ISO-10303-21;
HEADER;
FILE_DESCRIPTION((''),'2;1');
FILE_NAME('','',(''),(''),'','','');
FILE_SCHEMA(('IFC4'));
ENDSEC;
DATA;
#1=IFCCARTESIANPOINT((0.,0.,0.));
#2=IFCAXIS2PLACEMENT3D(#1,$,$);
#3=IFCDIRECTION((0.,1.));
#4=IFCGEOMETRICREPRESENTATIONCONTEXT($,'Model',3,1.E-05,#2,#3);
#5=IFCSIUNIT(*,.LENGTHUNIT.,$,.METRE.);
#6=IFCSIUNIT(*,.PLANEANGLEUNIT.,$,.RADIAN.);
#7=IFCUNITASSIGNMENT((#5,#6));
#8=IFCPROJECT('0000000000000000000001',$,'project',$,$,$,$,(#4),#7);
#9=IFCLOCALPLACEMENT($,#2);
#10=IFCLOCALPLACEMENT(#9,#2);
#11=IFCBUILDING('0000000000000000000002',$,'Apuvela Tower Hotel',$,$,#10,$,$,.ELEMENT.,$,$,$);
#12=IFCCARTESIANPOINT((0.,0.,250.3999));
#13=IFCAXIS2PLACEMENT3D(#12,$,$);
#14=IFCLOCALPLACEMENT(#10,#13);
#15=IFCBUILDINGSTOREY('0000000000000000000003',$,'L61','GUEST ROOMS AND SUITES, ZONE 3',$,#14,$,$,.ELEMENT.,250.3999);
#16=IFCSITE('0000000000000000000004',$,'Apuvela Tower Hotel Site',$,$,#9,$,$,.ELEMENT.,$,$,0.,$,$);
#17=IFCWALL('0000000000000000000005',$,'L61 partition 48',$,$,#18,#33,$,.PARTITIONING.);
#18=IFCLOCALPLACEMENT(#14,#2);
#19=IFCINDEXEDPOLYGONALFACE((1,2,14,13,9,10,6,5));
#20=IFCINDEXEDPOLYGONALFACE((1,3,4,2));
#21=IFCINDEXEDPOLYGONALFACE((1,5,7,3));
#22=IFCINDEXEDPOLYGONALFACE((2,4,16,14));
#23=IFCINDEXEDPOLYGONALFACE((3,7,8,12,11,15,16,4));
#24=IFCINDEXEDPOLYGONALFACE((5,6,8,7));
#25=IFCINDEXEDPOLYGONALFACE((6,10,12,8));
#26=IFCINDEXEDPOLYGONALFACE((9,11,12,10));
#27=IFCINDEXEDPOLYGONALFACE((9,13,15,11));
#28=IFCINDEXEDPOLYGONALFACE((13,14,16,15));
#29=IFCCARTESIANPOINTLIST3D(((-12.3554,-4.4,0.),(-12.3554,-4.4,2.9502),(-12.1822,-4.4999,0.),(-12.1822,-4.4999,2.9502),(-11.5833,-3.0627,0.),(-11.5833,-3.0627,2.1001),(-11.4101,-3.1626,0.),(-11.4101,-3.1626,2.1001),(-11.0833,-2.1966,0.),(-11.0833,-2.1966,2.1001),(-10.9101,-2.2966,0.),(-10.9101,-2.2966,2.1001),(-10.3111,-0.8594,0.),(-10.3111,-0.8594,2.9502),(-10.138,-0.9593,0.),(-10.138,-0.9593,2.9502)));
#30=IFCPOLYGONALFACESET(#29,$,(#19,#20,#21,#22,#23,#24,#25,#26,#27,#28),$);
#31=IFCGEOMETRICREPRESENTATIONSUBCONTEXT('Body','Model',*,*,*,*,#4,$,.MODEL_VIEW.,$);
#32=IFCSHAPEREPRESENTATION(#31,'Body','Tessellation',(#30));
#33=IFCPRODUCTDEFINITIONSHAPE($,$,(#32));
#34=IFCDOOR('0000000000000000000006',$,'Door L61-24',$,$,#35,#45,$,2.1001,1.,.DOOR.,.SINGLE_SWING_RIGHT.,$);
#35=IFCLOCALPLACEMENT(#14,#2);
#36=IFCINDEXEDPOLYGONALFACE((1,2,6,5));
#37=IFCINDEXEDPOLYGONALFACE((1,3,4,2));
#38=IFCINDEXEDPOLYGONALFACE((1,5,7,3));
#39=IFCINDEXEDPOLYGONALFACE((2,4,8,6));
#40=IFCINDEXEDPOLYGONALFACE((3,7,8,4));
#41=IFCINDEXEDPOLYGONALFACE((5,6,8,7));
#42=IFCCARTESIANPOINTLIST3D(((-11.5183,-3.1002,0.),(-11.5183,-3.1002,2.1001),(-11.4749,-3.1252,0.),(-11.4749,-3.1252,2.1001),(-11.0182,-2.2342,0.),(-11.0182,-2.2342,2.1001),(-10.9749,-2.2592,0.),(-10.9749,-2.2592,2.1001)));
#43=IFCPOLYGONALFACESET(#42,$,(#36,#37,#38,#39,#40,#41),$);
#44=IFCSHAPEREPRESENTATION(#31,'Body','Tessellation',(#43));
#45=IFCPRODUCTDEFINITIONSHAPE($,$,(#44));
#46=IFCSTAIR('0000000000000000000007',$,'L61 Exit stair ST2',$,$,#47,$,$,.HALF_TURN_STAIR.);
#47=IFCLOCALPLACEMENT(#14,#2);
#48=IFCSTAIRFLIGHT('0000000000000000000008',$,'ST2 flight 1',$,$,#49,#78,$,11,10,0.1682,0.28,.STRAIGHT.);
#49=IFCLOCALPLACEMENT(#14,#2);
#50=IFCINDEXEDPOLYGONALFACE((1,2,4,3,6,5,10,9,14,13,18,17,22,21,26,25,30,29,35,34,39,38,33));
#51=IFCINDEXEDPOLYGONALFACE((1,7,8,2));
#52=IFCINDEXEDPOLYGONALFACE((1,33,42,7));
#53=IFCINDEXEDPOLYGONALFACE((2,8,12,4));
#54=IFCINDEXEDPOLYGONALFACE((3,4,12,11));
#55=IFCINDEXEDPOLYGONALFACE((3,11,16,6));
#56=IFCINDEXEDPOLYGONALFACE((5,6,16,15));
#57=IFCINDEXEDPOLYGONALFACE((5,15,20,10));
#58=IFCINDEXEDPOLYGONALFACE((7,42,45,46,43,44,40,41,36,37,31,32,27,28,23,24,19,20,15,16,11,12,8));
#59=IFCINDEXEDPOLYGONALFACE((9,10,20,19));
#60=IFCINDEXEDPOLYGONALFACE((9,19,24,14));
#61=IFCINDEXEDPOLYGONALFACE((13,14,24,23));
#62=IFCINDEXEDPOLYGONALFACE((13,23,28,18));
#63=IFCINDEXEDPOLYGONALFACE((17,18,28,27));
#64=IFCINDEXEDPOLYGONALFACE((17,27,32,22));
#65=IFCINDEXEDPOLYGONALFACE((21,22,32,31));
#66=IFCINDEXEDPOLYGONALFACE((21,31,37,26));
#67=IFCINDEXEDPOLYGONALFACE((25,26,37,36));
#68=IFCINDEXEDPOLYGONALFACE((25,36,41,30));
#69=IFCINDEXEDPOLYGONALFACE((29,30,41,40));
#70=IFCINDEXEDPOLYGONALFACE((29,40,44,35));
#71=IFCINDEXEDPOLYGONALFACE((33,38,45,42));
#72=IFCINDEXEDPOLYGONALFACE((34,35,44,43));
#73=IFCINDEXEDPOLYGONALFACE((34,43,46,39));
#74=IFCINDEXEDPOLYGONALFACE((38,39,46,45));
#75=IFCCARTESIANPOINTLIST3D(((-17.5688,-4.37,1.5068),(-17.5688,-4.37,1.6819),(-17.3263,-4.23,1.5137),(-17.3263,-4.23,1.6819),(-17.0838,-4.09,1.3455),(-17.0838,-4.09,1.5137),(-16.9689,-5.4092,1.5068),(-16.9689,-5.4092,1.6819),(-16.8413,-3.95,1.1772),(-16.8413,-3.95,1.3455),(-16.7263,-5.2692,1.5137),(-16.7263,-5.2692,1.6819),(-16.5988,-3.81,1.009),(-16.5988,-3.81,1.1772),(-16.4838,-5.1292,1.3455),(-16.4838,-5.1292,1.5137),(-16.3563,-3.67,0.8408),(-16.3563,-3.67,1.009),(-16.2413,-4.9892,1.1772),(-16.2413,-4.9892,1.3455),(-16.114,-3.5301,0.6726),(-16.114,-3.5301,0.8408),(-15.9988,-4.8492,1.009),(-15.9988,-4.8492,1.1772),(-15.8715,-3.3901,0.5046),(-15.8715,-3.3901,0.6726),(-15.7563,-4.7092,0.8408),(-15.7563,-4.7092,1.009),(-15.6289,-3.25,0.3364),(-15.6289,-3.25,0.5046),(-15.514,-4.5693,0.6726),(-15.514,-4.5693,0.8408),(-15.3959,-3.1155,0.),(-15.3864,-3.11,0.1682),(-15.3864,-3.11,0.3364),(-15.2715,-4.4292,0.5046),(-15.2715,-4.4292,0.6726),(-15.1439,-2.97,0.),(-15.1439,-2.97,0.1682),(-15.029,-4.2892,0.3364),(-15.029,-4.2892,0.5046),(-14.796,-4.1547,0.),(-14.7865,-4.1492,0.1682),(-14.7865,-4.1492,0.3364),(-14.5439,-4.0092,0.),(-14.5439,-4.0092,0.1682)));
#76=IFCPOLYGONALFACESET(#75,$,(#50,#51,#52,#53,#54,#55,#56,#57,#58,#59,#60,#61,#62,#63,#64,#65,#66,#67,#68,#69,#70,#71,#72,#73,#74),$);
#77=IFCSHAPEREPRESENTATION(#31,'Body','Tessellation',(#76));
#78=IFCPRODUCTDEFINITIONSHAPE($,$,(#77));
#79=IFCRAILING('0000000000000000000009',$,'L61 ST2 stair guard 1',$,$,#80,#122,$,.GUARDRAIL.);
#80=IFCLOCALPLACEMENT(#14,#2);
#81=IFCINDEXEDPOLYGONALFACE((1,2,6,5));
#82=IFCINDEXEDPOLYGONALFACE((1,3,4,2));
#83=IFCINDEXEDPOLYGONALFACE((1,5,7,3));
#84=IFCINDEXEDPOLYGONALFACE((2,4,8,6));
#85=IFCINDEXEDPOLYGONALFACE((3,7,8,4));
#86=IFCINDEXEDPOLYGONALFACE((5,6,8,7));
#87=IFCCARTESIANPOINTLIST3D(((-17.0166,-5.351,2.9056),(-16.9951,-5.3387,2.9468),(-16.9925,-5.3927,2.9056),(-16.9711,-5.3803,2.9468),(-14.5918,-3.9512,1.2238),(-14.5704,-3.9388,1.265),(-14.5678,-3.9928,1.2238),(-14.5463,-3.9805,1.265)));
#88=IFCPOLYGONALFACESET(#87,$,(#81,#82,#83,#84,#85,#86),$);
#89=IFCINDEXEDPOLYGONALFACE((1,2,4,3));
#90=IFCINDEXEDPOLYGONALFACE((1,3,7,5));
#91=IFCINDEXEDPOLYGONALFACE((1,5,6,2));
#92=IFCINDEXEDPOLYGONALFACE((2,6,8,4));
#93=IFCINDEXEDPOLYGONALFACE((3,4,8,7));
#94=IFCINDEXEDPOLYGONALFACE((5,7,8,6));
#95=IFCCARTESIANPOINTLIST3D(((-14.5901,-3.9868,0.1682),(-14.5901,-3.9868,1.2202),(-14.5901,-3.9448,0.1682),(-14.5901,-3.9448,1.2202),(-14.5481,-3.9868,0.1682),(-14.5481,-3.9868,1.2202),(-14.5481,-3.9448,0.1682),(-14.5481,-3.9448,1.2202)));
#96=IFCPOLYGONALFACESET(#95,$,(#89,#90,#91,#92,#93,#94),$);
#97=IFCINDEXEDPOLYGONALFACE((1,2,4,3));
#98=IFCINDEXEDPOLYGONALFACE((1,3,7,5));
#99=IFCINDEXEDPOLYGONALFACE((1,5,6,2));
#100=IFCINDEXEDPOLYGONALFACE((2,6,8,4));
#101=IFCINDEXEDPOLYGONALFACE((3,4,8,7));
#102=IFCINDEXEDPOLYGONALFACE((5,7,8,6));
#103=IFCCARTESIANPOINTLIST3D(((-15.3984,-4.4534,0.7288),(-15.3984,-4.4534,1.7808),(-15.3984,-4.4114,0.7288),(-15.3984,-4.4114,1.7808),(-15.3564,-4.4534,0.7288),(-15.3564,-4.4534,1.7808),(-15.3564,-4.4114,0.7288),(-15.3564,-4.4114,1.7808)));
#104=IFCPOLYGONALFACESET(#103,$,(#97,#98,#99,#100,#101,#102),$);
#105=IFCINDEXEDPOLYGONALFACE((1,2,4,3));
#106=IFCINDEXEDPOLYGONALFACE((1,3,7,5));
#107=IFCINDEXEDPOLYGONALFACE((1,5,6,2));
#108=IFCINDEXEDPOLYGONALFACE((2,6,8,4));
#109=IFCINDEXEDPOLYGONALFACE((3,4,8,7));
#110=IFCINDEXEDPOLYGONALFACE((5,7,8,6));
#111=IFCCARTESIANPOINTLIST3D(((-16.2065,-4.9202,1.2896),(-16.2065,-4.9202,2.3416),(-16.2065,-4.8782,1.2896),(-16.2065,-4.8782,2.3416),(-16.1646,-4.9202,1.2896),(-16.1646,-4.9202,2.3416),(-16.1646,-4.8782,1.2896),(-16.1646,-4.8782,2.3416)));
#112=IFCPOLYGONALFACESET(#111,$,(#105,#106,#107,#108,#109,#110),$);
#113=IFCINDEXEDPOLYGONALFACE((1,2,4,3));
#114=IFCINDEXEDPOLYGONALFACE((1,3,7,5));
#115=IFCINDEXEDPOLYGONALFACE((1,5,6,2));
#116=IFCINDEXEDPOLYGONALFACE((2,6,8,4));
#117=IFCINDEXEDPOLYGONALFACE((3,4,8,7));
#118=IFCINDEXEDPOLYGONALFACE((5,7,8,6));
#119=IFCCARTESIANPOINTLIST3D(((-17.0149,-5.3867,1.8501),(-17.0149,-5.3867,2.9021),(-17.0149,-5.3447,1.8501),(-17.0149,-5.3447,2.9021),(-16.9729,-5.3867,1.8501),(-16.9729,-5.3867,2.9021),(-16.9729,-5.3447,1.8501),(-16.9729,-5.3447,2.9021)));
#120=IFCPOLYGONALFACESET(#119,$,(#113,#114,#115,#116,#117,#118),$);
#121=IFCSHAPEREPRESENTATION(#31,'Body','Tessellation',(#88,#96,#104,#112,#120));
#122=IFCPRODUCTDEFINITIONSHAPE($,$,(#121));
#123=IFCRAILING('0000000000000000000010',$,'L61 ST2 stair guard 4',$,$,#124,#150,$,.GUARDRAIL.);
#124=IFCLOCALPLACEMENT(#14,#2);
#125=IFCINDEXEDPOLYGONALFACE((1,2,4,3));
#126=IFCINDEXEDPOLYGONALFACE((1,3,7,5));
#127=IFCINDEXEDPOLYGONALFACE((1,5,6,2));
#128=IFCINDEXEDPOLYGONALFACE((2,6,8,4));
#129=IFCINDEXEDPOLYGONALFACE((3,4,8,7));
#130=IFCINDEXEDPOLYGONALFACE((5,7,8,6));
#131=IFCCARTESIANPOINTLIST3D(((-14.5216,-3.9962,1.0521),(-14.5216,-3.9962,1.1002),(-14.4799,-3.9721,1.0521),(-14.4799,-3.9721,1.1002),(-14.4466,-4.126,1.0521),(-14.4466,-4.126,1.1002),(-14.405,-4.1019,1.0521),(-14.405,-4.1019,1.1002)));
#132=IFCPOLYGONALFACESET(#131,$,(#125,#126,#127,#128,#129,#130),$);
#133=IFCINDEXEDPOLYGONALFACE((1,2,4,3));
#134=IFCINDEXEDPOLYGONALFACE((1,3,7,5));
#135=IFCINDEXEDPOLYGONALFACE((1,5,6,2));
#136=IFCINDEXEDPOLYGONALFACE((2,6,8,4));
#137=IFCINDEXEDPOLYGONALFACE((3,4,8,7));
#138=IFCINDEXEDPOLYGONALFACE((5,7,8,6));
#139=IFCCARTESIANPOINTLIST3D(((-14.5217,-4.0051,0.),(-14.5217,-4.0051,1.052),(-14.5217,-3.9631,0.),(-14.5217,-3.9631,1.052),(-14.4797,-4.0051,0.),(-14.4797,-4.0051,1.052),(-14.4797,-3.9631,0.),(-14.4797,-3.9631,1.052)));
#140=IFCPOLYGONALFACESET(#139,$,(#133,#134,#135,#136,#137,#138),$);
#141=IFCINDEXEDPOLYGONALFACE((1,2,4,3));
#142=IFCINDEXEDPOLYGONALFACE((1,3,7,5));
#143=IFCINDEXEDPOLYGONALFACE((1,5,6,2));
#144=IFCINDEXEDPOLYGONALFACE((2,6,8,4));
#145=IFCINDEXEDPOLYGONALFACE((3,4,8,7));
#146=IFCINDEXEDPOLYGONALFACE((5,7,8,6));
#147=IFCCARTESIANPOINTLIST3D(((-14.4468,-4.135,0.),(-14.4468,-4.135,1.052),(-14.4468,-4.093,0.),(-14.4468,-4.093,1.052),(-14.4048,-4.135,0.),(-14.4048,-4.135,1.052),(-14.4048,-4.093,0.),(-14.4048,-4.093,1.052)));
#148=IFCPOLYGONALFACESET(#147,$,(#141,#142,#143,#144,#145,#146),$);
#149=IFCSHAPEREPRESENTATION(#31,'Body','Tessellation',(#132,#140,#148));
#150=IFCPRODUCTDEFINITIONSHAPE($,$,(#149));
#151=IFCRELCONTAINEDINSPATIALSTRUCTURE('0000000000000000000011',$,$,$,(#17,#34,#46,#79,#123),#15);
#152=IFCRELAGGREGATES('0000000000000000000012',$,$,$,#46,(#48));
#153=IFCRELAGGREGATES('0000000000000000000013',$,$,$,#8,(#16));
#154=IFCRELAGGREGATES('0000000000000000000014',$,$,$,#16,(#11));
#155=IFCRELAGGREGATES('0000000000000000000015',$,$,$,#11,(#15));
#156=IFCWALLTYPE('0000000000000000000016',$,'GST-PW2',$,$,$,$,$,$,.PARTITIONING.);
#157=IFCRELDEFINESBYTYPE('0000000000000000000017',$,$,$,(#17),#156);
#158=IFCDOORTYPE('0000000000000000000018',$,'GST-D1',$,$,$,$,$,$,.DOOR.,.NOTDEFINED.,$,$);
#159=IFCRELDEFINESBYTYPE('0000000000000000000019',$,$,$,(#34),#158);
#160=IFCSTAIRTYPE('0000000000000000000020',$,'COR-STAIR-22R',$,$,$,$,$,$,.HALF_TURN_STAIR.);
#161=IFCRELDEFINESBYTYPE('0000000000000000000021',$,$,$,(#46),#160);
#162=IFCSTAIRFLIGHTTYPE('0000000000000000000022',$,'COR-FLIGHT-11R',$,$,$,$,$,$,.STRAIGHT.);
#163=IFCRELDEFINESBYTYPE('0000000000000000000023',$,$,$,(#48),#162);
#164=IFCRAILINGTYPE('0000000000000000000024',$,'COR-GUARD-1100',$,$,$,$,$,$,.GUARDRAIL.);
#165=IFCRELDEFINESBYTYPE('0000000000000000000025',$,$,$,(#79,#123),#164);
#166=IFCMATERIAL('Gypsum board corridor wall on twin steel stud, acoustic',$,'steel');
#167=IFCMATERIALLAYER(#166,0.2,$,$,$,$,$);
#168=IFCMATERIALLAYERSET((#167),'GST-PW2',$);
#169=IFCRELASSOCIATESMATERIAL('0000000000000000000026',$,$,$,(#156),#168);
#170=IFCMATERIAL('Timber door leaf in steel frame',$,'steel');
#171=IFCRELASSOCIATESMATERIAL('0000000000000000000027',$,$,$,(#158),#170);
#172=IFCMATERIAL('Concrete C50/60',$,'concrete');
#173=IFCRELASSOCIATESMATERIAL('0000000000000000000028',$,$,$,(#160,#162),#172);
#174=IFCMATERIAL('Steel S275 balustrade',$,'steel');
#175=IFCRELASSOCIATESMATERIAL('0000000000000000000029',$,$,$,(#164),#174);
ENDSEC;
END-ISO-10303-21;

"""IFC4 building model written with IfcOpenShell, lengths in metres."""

from ifc_helpers import new_model, si_unit, direction, frame, frame_2d, origin, origin_2d, place, context, subcontext, project, spatial, polyline, rectangle, outline, extrude, material, layer, layer_set, type_object, element, fill, aggregate, save


model = new_model("IFC4")

# Units and contexts
model_context = context("Model", 3, precision=1e-05, world=origin(), true_north=direction((0.0, 1.0)))
body_context = subcontext(model_context, "Body", "Model", "MODEL_VIEW")
ifc_project = project(units=[si_unit("LENGTHUNIT", "METRE"), si_unit("PLANEANGLEUNIT", "RADIAN")], contexts=[model_context])

# Site, building, storey
site_placement = place(None, origin())
site = spatial("IfcSite", under=ifc_project, at=site_placement, Name="Apuvela Tower Hotel Site", CompositionType="ELEMENT", RefElevation=0.0)
building_placement = place(site_placement, origin())
building = spatial("IfcBuilding", under=site, at=building_placement, Name="Apuvela Tower Hotel", CompositionType="ELEMENT")
storey_placement = place(building_placement, frame((0.0, 0.0, 250.3999)))
storey = spatial("IfcBuildingStorey", under=building, at=storey_placement, Name="L61", Description="GUEST ROOMS AND SUITES, ZONE 3", CompositionType="ELEMENT", Elevation=250.3999)

# Shared definitions
ifc_material_1 = material(Name="Concrete C50/60", Category="concrete")

# Wall, opening, door
ifc_material_2 = material(Name="Gypsum board corridor wall on twin steel stud, acoustic", Category="steel")
ifc_layer_1 = layer(ifc_material_2, 0.2)
ifc_layer_set_1 = layer_set([ifc_layer_1], Name="GST-PW2")
wall_type_1 = type_object("IfcWallType", Name="GST-PW2", PredefinedType="PARTITIONING", material=ifc_layer_set_1)
ifc_material_3 = material(Name="Timber door leaf in steel frame", Category="steel")
door_type_1 = type_object("IfcDoorType", Name="GST-D1", OperationType="NOTDEFINED", PredefinedType="DOOR", material=ifc_material_3)
wall_1_placement = place(storey_placement, frame((-12.2688, -4.45, 0.0), z_axis=(0.0, 0.0, 1.0), x_axis=(0.500012, 0.866019, 0.0)))
wall_1 = element("IfcWall", 1, at=wall_1_placement, inside=storey, type_object=wall_type_1, Name="L61 partition 48", PredefinedType="PARTITIONING", context=body_context, shape_type="SweptSolid", body=[
    extrude(rectangle(XDim=4.0884, YDim=0.2, at=frame_2d((2.0442, 0.0))), origin(), (0.0, 0.0, 1.0), 2.9502),
])
opening_1_placement = place(wall_1_placement, frame((1.5442, 0.0, 0.0)))
opening_1 = element("IfcOpeningElement", 2, at=opening_1_placement, cuts=wall_1, PredefinedType="OPENING", context=body_context, shape_type="SweptSolid", body=[
    extrude(rectangle(XDim=1.0, YDim=2.1001, at=frame_2d((0.5, 1.05))), frame((0.0, 0.1099, 0.0), z_axis=(0.0, -1.0, 0.0), x_axis=(1.0, 0.0, 0.0)), (0.0, 0.0, 1.0), 0.22),
])
door_1_placement = place(opening_1_placement, origin())
door_1 = element("IfcDoor", 3, at=door_1_placement, inside=storey, type_object=door_type_1, Name="Door L61-24", OperationType="SINGLE_SWING_RIGHT", OverallHeight=2.1001, OverallWidth=1.0, PredefinedType="DOOR", context=body_context, shape_type="SweptSolid", body=[
    extrude(rectangle(XDim=1.0, YDim=2.1001, at=frame_2d((0.5, 1.05))), frame((0.0, 0.0249, 0.0), z_axis=(0.0, -1.0, 0.0), x_axis=(1.0, 0.0, 0.0)), (0.0, 0.0, 1.0), 0.05),
])
fill(opening_1, door_1)

# Stair, stair flight
stair_type = type_object("IfcStairType", Name="COR-STAIR-22R", PredefinedType="HALF_TURN_STAIR", material=ifc_material_1)
stair_placement = place(storey_placement, origin())
stair = element("IfcStair", 4, at=stair_placement, inside=storey, type_object=stair_type, Name="L61 Exit stair ST2", PredefinedType="HALF_TURN_STAIR")
stair_flight_type = type_object("IfcStairFlightType", Name="COR-FLIGHT-11R", PredefinedType="STRAIGHT", material=ifc_material_1)
stair_flight_placement = place(storey_placement, frame((-14.844, -3.4895, 0.0), z_axis=(0.0, 0.0, 1.0), x_axis=(-0.866025, -0.5, 0.0)))
stair_flight = element("IfcStairFlight", 5, at=stair_flight_placement, type_object=stair_flight_type, Name="ST2 flight 1", NumberOfRisers=11, NumberOfTreads=10, PredefinedType="STRAIGHT", RiserHeight=0.1682, TreadLength=0.28, context=body_context, shape_type="SweptSolid", body=[
    extrude(outline(polyline([(0.0, 0.0), (0.0, 0.1682), (0.28, 0.1682), (0.28, 0.3364), (0.5601, 0.3364), (0.5601, 0.5046), (0.8401, 0.5046), (0.8401, 0.6726), (1.1201, 0.6726), (1.1201, 0.8408), (1.3999, 0.8408), (1.3999, 1.009), (1.6799, 1.009), (1.6799, 1.1772), (1.96, 1.1772), (1.96, 1.3455), (2.24, 1.3455), (2.24, 1.5137), (2.52, 1.5137), (2.52, 1.6819), (2.8, 1.6819), (2.8, 1.8501), (2.8, 1.5068), (0.291, 0.0), (0.0, 0.0)])), frame((0.0, 0.6001, 0.0), z_axis=(0.0, -1.0, 0.0), x_axis=(1.0, 0.0, 0.0)), (0.0, 0.0, 1.0), 1.2),
])
aggregate(stair, [stair_flight])

# Railings
ifc_material_4 = material(Name="Steel S275 balustrade", Category="steel")
railing_type_1 = type_object("IfcRailingType", Name="COR-GUARD-1100", PredefinedType="GUARDRAIL", material=ifc_material_4)
railing_1_placement = place(storey_placement, frame((-14.5691, -3.9658, 0.1682)))
element("IfcRailing", 6, at=railing_1_placement, inside=storey, type_object=railing_type_1, Name="L61 ST2 stair guard 1", PredefinedType="GUARDRAIL", context=body_context, shape_type="SweptSolid", body=[
    extrude(rectangle(XDim=0.0481, YDim=0.0481, at=origin_2d()), frame((0.0, 0.0, 1.0762), z_axis=(-0.74239, -0.428601, 0.514934), x_axis=(0.499984, -0.866035, 0.0)), (0.0, 0.0, 1.0), 3.2661),
    extrude(rectangle(XDim=0.042, YDim=0.042, at=origin_2d()), origin(), (0.0, 0.0, 1.0), 1.052),
    extrude(rectangle(XDim=0.042, YDim=0.042, at=origin_2d()), frame((-0.8083, -0.4666, 0.5605)), (0.0, 0.0, 1.0), 1.052),
    extrude(rectangle(XDim=0.042, YDim=0.042, at=origin_2d()), frame((-1.6165, -0.9333, 1.1213)), (0.0, 0.0, 1.0), 1.052),
    extrude(rectangle(XDim=0.042, YDim=0.042, at=origin_2d()), frame((-2.4248, -1.3999, 1.6819)), (0.0, 0.0, 1.0), 1.052),
])
railing_2_placement = place(storey_placement, frame((-14.5007, -3.9841, 0.0)))
element("IfcRailing", 7, at=railing_2_placement, inside=storey, type_object=railing_type_1, Name="L61 ST2 stair guard 4", PredefinedType="GUARDRAIL", context=body_context, shape_type="SweptSolid", body=[
    extrude(rectangle(XDim=0.0481, YDim=0.0481, at=origin_2d()), frame((0.0, 0.0, 1.0762), z_axis=(0.499816, -0.866131, 0.0), x_axis=(0.866131, 0.499816, 0.0)), (0.0, 0.0, 1.0), 0.1499),
    extrude(rectangle(XDim=0.042, YDim=0.042, at=origin_2d()), origin(), (0.0, 0.0, 1.0), 1.052),
    extrude(rectangle(XDim=0.042, YDim=0.042, at=origin_2d()), frame((0.075, -0.1299, 0.0)), (0.0, 0.0, 1.0), 1.052),
])

save(model, "model.ifc")
